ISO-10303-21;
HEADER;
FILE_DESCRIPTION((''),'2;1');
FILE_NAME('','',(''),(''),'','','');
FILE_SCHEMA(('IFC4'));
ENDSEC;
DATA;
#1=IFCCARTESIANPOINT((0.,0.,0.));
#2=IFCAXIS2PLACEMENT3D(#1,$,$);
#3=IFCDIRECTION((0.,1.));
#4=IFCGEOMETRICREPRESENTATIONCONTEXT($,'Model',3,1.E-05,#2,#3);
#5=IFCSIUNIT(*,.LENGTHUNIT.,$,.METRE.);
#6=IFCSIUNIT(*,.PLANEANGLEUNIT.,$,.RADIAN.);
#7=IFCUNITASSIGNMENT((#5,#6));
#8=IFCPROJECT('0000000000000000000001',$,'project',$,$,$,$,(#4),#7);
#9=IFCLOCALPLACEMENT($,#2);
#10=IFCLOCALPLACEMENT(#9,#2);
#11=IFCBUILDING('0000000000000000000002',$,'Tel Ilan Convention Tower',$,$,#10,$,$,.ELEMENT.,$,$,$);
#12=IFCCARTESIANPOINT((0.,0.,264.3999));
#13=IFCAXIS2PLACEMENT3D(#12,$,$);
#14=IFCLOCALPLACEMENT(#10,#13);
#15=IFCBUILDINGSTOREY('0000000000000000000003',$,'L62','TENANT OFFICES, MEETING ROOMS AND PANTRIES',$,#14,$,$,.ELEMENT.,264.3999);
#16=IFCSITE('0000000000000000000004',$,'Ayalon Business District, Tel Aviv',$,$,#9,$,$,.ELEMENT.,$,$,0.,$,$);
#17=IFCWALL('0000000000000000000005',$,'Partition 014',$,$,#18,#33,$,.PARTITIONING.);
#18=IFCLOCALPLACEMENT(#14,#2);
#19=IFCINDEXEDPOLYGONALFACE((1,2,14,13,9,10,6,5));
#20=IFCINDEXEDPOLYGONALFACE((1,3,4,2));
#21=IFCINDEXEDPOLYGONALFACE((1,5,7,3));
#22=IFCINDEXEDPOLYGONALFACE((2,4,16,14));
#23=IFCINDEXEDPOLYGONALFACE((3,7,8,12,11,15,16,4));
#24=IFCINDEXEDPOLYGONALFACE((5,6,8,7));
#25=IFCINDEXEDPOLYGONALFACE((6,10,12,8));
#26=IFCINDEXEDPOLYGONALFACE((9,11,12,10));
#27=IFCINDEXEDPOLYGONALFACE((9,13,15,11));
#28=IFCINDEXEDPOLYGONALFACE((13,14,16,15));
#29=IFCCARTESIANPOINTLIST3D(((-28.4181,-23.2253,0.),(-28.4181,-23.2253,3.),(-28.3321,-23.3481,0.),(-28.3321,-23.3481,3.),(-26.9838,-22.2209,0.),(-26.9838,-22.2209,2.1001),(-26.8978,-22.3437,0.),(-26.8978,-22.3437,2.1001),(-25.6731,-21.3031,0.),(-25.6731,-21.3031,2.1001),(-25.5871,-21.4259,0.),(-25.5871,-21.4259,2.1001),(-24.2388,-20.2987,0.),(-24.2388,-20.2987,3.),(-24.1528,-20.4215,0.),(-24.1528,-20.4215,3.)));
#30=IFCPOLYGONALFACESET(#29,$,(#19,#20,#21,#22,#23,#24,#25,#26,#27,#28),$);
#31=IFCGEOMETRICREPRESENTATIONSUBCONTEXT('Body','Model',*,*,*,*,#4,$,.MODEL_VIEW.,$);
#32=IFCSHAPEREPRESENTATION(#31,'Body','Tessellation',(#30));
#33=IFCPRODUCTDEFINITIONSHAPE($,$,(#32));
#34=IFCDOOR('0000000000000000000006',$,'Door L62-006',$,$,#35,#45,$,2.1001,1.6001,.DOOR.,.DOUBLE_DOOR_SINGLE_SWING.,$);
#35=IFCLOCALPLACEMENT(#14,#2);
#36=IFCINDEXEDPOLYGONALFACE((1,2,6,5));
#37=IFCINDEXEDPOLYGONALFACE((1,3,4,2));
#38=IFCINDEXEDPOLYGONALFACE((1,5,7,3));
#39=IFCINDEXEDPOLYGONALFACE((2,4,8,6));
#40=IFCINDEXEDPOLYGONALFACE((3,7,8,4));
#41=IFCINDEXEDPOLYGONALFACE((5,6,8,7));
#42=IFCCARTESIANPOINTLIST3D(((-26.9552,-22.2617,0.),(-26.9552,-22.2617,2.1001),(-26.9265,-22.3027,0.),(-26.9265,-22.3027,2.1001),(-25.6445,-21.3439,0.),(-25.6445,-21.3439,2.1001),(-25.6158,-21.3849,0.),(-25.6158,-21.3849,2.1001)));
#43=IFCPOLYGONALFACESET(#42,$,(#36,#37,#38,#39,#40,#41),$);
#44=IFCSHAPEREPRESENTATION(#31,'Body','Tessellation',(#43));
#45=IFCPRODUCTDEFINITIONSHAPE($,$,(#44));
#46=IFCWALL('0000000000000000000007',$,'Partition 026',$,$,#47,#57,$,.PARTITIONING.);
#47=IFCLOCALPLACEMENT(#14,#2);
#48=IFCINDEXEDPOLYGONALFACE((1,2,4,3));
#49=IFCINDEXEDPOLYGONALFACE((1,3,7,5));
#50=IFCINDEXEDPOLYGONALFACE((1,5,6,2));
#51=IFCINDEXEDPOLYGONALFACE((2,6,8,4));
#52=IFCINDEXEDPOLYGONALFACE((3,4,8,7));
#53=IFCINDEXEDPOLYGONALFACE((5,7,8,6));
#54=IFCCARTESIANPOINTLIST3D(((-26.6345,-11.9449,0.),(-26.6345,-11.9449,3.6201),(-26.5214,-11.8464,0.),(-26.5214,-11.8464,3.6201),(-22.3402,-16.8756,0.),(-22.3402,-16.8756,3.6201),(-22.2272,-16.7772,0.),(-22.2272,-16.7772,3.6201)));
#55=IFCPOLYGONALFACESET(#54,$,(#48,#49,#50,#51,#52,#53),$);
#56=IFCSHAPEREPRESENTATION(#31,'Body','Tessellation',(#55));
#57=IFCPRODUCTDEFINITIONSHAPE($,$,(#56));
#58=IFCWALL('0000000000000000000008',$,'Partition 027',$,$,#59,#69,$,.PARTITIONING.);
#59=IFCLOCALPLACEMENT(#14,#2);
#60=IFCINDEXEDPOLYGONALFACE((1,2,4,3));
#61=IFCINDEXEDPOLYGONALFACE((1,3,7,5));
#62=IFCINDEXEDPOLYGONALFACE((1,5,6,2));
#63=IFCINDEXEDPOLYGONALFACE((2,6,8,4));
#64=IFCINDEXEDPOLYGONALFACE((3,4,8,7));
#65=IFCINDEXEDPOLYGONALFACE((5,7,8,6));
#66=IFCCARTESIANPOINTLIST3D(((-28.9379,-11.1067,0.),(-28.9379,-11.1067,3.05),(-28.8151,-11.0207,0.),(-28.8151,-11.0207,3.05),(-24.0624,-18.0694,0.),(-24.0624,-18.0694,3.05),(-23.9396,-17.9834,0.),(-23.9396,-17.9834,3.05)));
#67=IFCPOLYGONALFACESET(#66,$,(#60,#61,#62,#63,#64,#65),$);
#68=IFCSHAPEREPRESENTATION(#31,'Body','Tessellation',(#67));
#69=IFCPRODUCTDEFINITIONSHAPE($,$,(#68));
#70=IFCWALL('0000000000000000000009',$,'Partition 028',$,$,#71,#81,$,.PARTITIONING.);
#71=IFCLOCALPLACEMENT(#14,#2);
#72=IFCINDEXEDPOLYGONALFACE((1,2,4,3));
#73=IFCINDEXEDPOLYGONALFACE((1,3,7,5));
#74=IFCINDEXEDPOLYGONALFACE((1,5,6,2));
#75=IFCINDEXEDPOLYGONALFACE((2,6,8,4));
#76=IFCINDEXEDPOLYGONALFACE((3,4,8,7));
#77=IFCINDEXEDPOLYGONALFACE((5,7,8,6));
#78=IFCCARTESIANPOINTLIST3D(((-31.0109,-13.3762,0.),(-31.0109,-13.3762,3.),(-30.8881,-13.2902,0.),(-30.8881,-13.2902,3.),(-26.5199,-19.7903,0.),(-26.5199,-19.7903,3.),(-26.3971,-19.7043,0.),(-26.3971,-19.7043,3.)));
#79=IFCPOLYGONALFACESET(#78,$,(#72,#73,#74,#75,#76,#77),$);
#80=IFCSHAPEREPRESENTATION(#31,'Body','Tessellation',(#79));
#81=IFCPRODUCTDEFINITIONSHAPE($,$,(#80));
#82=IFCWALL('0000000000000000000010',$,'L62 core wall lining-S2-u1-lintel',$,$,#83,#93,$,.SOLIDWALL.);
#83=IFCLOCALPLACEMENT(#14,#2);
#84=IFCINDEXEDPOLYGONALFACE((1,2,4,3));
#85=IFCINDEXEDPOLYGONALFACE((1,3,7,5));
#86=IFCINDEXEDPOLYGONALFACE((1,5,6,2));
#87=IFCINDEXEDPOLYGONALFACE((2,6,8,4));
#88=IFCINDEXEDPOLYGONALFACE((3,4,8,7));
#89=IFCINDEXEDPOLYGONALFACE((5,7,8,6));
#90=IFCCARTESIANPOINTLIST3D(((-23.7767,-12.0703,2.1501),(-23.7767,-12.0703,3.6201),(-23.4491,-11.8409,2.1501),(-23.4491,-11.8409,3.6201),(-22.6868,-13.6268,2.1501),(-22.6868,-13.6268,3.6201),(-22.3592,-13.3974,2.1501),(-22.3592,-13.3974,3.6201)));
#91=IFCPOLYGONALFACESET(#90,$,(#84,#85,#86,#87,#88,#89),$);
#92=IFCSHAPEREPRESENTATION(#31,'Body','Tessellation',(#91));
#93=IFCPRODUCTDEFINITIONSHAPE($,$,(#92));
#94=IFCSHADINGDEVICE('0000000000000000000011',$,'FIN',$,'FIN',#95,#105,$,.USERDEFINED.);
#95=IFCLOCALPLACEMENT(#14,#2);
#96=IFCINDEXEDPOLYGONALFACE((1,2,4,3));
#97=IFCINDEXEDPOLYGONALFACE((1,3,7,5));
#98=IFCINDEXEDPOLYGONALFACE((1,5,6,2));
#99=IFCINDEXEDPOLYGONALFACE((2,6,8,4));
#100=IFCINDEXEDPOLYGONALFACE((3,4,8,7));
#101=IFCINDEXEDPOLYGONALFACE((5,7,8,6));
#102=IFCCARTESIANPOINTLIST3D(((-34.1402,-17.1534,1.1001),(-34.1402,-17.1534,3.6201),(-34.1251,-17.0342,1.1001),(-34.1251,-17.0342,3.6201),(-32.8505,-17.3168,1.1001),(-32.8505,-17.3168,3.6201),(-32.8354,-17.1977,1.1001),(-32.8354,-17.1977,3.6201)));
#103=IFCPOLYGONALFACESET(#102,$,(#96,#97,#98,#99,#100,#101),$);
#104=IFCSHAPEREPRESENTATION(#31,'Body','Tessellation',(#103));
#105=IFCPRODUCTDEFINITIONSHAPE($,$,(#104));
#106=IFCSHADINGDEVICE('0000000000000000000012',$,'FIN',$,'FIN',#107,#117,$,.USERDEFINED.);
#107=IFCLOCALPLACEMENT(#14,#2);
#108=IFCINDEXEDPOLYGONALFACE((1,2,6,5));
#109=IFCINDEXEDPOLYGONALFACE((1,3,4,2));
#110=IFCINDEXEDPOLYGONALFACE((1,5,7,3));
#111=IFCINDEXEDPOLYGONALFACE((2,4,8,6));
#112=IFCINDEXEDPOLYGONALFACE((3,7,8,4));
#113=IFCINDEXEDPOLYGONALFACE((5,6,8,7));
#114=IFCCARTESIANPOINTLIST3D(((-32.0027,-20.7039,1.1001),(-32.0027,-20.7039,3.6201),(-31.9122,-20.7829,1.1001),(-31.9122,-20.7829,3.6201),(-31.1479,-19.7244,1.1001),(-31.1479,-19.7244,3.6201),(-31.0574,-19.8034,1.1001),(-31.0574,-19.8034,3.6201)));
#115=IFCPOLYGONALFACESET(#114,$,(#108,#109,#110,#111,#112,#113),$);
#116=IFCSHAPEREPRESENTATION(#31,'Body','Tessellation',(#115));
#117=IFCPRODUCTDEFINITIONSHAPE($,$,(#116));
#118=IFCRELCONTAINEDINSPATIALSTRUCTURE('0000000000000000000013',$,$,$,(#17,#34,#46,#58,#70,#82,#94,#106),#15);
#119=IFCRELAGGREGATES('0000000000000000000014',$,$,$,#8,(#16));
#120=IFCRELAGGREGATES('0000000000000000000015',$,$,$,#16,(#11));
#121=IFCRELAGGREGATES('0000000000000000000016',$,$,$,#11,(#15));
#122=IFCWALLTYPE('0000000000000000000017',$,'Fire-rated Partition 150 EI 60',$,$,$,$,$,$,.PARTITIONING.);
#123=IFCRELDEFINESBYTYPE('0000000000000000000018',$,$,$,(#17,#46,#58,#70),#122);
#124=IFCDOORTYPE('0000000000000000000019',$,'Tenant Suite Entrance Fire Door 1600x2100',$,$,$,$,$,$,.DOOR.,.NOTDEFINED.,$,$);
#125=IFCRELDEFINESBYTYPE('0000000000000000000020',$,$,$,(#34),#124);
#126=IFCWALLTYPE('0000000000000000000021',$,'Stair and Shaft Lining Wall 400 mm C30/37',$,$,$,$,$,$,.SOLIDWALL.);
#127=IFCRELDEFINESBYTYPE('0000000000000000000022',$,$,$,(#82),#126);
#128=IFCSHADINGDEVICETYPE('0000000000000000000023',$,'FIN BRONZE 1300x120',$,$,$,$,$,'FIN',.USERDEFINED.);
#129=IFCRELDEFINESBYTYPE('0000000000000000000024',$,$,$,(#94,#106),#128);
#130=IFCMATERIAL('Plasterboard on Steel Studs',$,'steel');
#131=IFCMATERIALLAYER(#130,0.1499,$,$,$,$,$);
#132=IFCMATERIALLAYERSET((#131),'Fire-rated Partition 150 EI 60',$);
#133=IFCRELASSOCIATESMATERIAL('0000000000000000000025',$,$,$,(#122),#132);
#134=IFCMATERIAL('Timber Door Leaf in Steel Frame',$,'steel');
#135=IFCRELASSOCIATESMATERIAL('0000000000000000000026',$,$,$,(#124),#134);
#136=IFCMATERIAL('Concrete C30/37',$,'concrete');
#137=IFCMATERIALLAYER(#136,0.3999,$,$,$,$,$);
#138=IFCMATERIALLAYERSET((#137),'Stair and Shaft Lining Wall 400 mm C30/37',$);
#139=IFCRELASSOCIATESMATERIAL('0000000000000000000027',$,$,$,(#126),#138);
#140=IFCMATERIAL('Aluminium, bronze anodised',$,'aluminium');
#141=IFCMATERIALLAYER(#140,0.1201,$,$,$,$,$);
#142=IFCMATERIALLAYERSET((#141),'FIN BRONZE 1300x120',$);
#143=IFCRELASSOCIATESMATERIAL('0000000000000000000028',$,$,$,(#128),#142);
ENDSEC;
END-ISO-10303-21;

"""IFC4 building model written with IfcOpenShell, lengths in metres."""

from ifc_helpers import new_model, si_unit, direction, frame, frame_2d, origin, origin_2d, place, context, subcontext, project, spatial, rectangle, extrude, material, layer, layer_set, type_object, element, fill, save


model = new_model("IFC4")

# Units and contexts
model_context = context("Model", 3, precision=1e-05, world=origin(), true_north=direction((0.0, 1.0)))
body_context = subcontext(model_context, "Body", "Model", "MODEL_VIEW")
ifc_project = project(units=[si_unit("LENGTHUNIT", "METRE"), si_unit("PLANEANGLEUNIT", "RADIAN")], contexts=[model_context])

# Site, building, storey
site_placement = place(None, origin())
site = spatial("IfcSite", under=ifc_project, at=site_placement, Name="Ayalon Business District, Tel Aviv", CompositionType="ELEMENT", RefElevation=0.0)
building_placement = place(site_placement, origin())
building = spatial("IfcBuilding", under=site, at=building_placement, Name="Tel Ilan Convention Tower", CompositionType="ELEMENT")
storey_placement = place(building_placement, frame((0.0, 0.0, 264.3999)))
storey = spatial("IfcBuildingStorey", under=building, at=storey_placement, Name="L62", Description="TENANT OFFICES, MEETING ROOMS AND PANTRIES", CompositionType="ELEMENT", Elevation=264.3999)

# Wall, opening, door
ifc_material_1 = material(Name="Plasterboard on Steel Studs", Category="steel")
ifc_layer_1 = layer(ifc_material_1, 0.1499)
ifc_layer_set_1 = layer_set([ifc_layer_1], Name="Fire-rated Partition 150 EI 60")
wall_type_1 = type_object("IfcWallType", Name="Fire-rated Partition 150 EI 60", PredefinedType="PARTITIONING", material=ifc_layer_set_1)
wall_1_placement = place(storey_placement, frame((-24.1958, -20.3601, 0.0), z_axis=(0.0, 0.0, 1.0), x_axis=(-0.819133, -0.573604, 0.0)))
wall_1 = element("IfcWall", 1, at=wall_1_placement, inside=storey, type_object=wall_type_1, Name="Partition 014", PredefinedType="PARTITIONING", context=body_context, shape_type="SweptSolid", body=[
    extrude(rectangle(XDim=5.1021, YDim=0.1499, at=frame_2d((2.551, 0.0))), origin(), (0.0, 0.0, 1.0), 3.0),
])
opening_1_placement = place(wall_1_placement, frame((1.751, 0.0, 0.0)))
opening_1 = element("IfcOpeningElement", 2, at=opening_1_placement, cuts=wall_1, PredefinedType="OPENING", context=body_context, shape_type="SweptSolid", body=[
    extrude(rectangle(XDim=1.6001, YDim=2.1001, at=frame_2d((0.8, 1.05))), frame((0.0, 0.085, 0.0), z_axis=(0.0, -1.0, 0.0), x_axis=(1.0, 0.0, 0.0)), (0.0, 0.0, 1.0), 0.1699),
])
ifc_material_2 = material(Name="Timber Door Leaf in Steel Frame", Category="steel")
door_type_1 = type_object("IfcDoorType", Name="Tenant Suite Entrance Fire Door 1600x2100", OperationType="NOTDEFINED", PredefinedType="DOOR", material=ifc_material_2)
door_1_placement = place(opening_1_placement, origin())
door_1 = element("IfcDoor", 3, at=door_1_placement, inside=storey, type_object=door_type_1, Name="Door L62-006", OperationType="DOUBLE_DOOR_SINGLE_SWING", OverallHeight=2.1001, OverallWidth=1.6001, PredefinedType="DOOR", context=body_context, shape_type="SweptSolid", body=[
    extrude(rectangle(XDim=1.6001, YDim=2.1001, at=frame_2d((0.8, 1.05))), frame((0.0, 0.0249, 0.0), z_axis=(0.0, -1.0, 0.0), x_axis=(1.0, 0.0, 0.0)), (0.0, 0.0, 1.0), 0.05),
])
fill(opening_1, door_1)

# Walls
wall_2_placement = place(storey_placement, frame((-22.2837, -16.8264, 0.0), z_axis=(0.0, 0.0, 1.0), x_axis=(-0.656758, 0.754101, 0.0)))
element("IfcWall", 4, at=wall_2_placement, inside=storey, type_object=wall_type_1, Name="Partition 026", PredefinedType="PARTITIONING", context=body_context, shape_type="SweptSolid", body=[
    extrude(rectangle(XDim=6.5386, YDim=0.1499, at=frame_2d((3.2693, 0.0))), origin(), (0.0, 0.0, 1.0), 3.6201),
])
wall_3_placement = place(storey_placement, frame((-24.001, -18.0264, 0.0), z_axis=(0.0, 0.0, 1.0), x_axis=(-0.573591, 0.819142, 0.0)))
element("IfcWall", 5, at=wall_3_placement, inside=storey, type_object=wall_type_1, Name="Partition 027", PredefinedType="PARTITIONING", context=body_context, shape_type="SweptSolid", body=[
    extrude(rectangle(XDim=8.5, YDim=0.1499, at=frame_2d((4.25, 0.0))), origin(), (0.0, 0.0, 1.0), 3.05),
])
wall_4_placement = place(storey_placement, frame((-26.4585, -19.7473, 0.0), z_axis=(0.0, 0.0, 1.0), x_axis=(-0.573559, 0.819165, 0.0)))
element("IfcWall", 6, at=wall_4_placement, inside=storey, type_object=wall_type_1, Name="Partition 028", PredefinedType="PARTITIONING", context=body_context, shape_type="SweptSolid", body=[
    extrude(rectangle(XDim=7.8301, YDim=0.1499, at=frame_2d((3.915, 0.0))), origin(), (0.0, 0.0, 1.0), 3.0),
])
ifc_material_3 = material(Name="Concrete C30/37", Category="concrete")
ifc_layer_2 = layer(ifc_material_3, 0.3999)
ifc_layer_set_2 = layer_set([ifc_layer_2], Name="Stair and Shaft Lining Wall 400 mm C30/37")
wall_type_2 = type_object("IfcWallType", Name="Stair and Shaft Lining Wall 400 mm C30/37", PredefinedType="SOLIDWALL", material=ifc_layer_set_2)
wall_5_placement = place(storey_placement, frame((-22.5229, -13.5122, 2.1501), z_axis=(0.0, 0.0, 1.0), x_axis=(-0.573592, 0.819141, 0.0)))
element("IfcWall", 7, at=wall_5_placement, inside=storey, type_object=wall_type_2, Name="L62 core wall lining-S2-u1-lintel", PredefinedType="SOLIDWALL", context=body_context, shape_type="SweptSolid", body=[
    extrude(rectangle(XDim=1.9001, YDim=0.3999, at=frame_2d((0.9502, 0.0))), origin(), (0.0, 0.0, 1.0), 1.47),
])

# Shading devices
ifc_material_4 = material(Name="Aluminium, bronze anodised", Category="aluminium")
ifc_layer_3 = layer(ifc_material_4, 0.1201)
ifc_layer_set_3 = layer_set([ifc_layer_3], Name="FIN BRONZE 1300x120")
shading_device_type = type_object("IfcShadingDeviceType", Name="FIN BRONZE 1300x120", ElementType="FIN", PredefinedType="USERDEFINED", material=ifc_layer_set_3)
for number, where, z_axis, x_axis, name in (
    (8, (-33.4878, -17.1755, 1.1001), (0.0, 0.0, 1.0), (-0.992066, 0.125718, 0.0), "FIN"),
    (9, (-31.53, -20.2537, 1.1001), (0.0, 0.0, 1.0), (-0.657521, -0.753436, 0.0), "FIN"),
):
    element("IfcShadingDevice", number, at=place(storey_placement, frame(where, z_axis=z_axis, x_axis=x_axis)), inside=storey, type_object=shading_device_type, Name=name, ObjectType="FIN", PredefinedType="USERDEFINED", context=body_context, shape_type="SweptSolid", body=[
        extrude(rectangle(XDim=1.3, YDim=0.1201, at=origin_2d()), origin(), (0.0, 0.0, 1.0), 2.52),
    ])

save(model, "model.ifc")
